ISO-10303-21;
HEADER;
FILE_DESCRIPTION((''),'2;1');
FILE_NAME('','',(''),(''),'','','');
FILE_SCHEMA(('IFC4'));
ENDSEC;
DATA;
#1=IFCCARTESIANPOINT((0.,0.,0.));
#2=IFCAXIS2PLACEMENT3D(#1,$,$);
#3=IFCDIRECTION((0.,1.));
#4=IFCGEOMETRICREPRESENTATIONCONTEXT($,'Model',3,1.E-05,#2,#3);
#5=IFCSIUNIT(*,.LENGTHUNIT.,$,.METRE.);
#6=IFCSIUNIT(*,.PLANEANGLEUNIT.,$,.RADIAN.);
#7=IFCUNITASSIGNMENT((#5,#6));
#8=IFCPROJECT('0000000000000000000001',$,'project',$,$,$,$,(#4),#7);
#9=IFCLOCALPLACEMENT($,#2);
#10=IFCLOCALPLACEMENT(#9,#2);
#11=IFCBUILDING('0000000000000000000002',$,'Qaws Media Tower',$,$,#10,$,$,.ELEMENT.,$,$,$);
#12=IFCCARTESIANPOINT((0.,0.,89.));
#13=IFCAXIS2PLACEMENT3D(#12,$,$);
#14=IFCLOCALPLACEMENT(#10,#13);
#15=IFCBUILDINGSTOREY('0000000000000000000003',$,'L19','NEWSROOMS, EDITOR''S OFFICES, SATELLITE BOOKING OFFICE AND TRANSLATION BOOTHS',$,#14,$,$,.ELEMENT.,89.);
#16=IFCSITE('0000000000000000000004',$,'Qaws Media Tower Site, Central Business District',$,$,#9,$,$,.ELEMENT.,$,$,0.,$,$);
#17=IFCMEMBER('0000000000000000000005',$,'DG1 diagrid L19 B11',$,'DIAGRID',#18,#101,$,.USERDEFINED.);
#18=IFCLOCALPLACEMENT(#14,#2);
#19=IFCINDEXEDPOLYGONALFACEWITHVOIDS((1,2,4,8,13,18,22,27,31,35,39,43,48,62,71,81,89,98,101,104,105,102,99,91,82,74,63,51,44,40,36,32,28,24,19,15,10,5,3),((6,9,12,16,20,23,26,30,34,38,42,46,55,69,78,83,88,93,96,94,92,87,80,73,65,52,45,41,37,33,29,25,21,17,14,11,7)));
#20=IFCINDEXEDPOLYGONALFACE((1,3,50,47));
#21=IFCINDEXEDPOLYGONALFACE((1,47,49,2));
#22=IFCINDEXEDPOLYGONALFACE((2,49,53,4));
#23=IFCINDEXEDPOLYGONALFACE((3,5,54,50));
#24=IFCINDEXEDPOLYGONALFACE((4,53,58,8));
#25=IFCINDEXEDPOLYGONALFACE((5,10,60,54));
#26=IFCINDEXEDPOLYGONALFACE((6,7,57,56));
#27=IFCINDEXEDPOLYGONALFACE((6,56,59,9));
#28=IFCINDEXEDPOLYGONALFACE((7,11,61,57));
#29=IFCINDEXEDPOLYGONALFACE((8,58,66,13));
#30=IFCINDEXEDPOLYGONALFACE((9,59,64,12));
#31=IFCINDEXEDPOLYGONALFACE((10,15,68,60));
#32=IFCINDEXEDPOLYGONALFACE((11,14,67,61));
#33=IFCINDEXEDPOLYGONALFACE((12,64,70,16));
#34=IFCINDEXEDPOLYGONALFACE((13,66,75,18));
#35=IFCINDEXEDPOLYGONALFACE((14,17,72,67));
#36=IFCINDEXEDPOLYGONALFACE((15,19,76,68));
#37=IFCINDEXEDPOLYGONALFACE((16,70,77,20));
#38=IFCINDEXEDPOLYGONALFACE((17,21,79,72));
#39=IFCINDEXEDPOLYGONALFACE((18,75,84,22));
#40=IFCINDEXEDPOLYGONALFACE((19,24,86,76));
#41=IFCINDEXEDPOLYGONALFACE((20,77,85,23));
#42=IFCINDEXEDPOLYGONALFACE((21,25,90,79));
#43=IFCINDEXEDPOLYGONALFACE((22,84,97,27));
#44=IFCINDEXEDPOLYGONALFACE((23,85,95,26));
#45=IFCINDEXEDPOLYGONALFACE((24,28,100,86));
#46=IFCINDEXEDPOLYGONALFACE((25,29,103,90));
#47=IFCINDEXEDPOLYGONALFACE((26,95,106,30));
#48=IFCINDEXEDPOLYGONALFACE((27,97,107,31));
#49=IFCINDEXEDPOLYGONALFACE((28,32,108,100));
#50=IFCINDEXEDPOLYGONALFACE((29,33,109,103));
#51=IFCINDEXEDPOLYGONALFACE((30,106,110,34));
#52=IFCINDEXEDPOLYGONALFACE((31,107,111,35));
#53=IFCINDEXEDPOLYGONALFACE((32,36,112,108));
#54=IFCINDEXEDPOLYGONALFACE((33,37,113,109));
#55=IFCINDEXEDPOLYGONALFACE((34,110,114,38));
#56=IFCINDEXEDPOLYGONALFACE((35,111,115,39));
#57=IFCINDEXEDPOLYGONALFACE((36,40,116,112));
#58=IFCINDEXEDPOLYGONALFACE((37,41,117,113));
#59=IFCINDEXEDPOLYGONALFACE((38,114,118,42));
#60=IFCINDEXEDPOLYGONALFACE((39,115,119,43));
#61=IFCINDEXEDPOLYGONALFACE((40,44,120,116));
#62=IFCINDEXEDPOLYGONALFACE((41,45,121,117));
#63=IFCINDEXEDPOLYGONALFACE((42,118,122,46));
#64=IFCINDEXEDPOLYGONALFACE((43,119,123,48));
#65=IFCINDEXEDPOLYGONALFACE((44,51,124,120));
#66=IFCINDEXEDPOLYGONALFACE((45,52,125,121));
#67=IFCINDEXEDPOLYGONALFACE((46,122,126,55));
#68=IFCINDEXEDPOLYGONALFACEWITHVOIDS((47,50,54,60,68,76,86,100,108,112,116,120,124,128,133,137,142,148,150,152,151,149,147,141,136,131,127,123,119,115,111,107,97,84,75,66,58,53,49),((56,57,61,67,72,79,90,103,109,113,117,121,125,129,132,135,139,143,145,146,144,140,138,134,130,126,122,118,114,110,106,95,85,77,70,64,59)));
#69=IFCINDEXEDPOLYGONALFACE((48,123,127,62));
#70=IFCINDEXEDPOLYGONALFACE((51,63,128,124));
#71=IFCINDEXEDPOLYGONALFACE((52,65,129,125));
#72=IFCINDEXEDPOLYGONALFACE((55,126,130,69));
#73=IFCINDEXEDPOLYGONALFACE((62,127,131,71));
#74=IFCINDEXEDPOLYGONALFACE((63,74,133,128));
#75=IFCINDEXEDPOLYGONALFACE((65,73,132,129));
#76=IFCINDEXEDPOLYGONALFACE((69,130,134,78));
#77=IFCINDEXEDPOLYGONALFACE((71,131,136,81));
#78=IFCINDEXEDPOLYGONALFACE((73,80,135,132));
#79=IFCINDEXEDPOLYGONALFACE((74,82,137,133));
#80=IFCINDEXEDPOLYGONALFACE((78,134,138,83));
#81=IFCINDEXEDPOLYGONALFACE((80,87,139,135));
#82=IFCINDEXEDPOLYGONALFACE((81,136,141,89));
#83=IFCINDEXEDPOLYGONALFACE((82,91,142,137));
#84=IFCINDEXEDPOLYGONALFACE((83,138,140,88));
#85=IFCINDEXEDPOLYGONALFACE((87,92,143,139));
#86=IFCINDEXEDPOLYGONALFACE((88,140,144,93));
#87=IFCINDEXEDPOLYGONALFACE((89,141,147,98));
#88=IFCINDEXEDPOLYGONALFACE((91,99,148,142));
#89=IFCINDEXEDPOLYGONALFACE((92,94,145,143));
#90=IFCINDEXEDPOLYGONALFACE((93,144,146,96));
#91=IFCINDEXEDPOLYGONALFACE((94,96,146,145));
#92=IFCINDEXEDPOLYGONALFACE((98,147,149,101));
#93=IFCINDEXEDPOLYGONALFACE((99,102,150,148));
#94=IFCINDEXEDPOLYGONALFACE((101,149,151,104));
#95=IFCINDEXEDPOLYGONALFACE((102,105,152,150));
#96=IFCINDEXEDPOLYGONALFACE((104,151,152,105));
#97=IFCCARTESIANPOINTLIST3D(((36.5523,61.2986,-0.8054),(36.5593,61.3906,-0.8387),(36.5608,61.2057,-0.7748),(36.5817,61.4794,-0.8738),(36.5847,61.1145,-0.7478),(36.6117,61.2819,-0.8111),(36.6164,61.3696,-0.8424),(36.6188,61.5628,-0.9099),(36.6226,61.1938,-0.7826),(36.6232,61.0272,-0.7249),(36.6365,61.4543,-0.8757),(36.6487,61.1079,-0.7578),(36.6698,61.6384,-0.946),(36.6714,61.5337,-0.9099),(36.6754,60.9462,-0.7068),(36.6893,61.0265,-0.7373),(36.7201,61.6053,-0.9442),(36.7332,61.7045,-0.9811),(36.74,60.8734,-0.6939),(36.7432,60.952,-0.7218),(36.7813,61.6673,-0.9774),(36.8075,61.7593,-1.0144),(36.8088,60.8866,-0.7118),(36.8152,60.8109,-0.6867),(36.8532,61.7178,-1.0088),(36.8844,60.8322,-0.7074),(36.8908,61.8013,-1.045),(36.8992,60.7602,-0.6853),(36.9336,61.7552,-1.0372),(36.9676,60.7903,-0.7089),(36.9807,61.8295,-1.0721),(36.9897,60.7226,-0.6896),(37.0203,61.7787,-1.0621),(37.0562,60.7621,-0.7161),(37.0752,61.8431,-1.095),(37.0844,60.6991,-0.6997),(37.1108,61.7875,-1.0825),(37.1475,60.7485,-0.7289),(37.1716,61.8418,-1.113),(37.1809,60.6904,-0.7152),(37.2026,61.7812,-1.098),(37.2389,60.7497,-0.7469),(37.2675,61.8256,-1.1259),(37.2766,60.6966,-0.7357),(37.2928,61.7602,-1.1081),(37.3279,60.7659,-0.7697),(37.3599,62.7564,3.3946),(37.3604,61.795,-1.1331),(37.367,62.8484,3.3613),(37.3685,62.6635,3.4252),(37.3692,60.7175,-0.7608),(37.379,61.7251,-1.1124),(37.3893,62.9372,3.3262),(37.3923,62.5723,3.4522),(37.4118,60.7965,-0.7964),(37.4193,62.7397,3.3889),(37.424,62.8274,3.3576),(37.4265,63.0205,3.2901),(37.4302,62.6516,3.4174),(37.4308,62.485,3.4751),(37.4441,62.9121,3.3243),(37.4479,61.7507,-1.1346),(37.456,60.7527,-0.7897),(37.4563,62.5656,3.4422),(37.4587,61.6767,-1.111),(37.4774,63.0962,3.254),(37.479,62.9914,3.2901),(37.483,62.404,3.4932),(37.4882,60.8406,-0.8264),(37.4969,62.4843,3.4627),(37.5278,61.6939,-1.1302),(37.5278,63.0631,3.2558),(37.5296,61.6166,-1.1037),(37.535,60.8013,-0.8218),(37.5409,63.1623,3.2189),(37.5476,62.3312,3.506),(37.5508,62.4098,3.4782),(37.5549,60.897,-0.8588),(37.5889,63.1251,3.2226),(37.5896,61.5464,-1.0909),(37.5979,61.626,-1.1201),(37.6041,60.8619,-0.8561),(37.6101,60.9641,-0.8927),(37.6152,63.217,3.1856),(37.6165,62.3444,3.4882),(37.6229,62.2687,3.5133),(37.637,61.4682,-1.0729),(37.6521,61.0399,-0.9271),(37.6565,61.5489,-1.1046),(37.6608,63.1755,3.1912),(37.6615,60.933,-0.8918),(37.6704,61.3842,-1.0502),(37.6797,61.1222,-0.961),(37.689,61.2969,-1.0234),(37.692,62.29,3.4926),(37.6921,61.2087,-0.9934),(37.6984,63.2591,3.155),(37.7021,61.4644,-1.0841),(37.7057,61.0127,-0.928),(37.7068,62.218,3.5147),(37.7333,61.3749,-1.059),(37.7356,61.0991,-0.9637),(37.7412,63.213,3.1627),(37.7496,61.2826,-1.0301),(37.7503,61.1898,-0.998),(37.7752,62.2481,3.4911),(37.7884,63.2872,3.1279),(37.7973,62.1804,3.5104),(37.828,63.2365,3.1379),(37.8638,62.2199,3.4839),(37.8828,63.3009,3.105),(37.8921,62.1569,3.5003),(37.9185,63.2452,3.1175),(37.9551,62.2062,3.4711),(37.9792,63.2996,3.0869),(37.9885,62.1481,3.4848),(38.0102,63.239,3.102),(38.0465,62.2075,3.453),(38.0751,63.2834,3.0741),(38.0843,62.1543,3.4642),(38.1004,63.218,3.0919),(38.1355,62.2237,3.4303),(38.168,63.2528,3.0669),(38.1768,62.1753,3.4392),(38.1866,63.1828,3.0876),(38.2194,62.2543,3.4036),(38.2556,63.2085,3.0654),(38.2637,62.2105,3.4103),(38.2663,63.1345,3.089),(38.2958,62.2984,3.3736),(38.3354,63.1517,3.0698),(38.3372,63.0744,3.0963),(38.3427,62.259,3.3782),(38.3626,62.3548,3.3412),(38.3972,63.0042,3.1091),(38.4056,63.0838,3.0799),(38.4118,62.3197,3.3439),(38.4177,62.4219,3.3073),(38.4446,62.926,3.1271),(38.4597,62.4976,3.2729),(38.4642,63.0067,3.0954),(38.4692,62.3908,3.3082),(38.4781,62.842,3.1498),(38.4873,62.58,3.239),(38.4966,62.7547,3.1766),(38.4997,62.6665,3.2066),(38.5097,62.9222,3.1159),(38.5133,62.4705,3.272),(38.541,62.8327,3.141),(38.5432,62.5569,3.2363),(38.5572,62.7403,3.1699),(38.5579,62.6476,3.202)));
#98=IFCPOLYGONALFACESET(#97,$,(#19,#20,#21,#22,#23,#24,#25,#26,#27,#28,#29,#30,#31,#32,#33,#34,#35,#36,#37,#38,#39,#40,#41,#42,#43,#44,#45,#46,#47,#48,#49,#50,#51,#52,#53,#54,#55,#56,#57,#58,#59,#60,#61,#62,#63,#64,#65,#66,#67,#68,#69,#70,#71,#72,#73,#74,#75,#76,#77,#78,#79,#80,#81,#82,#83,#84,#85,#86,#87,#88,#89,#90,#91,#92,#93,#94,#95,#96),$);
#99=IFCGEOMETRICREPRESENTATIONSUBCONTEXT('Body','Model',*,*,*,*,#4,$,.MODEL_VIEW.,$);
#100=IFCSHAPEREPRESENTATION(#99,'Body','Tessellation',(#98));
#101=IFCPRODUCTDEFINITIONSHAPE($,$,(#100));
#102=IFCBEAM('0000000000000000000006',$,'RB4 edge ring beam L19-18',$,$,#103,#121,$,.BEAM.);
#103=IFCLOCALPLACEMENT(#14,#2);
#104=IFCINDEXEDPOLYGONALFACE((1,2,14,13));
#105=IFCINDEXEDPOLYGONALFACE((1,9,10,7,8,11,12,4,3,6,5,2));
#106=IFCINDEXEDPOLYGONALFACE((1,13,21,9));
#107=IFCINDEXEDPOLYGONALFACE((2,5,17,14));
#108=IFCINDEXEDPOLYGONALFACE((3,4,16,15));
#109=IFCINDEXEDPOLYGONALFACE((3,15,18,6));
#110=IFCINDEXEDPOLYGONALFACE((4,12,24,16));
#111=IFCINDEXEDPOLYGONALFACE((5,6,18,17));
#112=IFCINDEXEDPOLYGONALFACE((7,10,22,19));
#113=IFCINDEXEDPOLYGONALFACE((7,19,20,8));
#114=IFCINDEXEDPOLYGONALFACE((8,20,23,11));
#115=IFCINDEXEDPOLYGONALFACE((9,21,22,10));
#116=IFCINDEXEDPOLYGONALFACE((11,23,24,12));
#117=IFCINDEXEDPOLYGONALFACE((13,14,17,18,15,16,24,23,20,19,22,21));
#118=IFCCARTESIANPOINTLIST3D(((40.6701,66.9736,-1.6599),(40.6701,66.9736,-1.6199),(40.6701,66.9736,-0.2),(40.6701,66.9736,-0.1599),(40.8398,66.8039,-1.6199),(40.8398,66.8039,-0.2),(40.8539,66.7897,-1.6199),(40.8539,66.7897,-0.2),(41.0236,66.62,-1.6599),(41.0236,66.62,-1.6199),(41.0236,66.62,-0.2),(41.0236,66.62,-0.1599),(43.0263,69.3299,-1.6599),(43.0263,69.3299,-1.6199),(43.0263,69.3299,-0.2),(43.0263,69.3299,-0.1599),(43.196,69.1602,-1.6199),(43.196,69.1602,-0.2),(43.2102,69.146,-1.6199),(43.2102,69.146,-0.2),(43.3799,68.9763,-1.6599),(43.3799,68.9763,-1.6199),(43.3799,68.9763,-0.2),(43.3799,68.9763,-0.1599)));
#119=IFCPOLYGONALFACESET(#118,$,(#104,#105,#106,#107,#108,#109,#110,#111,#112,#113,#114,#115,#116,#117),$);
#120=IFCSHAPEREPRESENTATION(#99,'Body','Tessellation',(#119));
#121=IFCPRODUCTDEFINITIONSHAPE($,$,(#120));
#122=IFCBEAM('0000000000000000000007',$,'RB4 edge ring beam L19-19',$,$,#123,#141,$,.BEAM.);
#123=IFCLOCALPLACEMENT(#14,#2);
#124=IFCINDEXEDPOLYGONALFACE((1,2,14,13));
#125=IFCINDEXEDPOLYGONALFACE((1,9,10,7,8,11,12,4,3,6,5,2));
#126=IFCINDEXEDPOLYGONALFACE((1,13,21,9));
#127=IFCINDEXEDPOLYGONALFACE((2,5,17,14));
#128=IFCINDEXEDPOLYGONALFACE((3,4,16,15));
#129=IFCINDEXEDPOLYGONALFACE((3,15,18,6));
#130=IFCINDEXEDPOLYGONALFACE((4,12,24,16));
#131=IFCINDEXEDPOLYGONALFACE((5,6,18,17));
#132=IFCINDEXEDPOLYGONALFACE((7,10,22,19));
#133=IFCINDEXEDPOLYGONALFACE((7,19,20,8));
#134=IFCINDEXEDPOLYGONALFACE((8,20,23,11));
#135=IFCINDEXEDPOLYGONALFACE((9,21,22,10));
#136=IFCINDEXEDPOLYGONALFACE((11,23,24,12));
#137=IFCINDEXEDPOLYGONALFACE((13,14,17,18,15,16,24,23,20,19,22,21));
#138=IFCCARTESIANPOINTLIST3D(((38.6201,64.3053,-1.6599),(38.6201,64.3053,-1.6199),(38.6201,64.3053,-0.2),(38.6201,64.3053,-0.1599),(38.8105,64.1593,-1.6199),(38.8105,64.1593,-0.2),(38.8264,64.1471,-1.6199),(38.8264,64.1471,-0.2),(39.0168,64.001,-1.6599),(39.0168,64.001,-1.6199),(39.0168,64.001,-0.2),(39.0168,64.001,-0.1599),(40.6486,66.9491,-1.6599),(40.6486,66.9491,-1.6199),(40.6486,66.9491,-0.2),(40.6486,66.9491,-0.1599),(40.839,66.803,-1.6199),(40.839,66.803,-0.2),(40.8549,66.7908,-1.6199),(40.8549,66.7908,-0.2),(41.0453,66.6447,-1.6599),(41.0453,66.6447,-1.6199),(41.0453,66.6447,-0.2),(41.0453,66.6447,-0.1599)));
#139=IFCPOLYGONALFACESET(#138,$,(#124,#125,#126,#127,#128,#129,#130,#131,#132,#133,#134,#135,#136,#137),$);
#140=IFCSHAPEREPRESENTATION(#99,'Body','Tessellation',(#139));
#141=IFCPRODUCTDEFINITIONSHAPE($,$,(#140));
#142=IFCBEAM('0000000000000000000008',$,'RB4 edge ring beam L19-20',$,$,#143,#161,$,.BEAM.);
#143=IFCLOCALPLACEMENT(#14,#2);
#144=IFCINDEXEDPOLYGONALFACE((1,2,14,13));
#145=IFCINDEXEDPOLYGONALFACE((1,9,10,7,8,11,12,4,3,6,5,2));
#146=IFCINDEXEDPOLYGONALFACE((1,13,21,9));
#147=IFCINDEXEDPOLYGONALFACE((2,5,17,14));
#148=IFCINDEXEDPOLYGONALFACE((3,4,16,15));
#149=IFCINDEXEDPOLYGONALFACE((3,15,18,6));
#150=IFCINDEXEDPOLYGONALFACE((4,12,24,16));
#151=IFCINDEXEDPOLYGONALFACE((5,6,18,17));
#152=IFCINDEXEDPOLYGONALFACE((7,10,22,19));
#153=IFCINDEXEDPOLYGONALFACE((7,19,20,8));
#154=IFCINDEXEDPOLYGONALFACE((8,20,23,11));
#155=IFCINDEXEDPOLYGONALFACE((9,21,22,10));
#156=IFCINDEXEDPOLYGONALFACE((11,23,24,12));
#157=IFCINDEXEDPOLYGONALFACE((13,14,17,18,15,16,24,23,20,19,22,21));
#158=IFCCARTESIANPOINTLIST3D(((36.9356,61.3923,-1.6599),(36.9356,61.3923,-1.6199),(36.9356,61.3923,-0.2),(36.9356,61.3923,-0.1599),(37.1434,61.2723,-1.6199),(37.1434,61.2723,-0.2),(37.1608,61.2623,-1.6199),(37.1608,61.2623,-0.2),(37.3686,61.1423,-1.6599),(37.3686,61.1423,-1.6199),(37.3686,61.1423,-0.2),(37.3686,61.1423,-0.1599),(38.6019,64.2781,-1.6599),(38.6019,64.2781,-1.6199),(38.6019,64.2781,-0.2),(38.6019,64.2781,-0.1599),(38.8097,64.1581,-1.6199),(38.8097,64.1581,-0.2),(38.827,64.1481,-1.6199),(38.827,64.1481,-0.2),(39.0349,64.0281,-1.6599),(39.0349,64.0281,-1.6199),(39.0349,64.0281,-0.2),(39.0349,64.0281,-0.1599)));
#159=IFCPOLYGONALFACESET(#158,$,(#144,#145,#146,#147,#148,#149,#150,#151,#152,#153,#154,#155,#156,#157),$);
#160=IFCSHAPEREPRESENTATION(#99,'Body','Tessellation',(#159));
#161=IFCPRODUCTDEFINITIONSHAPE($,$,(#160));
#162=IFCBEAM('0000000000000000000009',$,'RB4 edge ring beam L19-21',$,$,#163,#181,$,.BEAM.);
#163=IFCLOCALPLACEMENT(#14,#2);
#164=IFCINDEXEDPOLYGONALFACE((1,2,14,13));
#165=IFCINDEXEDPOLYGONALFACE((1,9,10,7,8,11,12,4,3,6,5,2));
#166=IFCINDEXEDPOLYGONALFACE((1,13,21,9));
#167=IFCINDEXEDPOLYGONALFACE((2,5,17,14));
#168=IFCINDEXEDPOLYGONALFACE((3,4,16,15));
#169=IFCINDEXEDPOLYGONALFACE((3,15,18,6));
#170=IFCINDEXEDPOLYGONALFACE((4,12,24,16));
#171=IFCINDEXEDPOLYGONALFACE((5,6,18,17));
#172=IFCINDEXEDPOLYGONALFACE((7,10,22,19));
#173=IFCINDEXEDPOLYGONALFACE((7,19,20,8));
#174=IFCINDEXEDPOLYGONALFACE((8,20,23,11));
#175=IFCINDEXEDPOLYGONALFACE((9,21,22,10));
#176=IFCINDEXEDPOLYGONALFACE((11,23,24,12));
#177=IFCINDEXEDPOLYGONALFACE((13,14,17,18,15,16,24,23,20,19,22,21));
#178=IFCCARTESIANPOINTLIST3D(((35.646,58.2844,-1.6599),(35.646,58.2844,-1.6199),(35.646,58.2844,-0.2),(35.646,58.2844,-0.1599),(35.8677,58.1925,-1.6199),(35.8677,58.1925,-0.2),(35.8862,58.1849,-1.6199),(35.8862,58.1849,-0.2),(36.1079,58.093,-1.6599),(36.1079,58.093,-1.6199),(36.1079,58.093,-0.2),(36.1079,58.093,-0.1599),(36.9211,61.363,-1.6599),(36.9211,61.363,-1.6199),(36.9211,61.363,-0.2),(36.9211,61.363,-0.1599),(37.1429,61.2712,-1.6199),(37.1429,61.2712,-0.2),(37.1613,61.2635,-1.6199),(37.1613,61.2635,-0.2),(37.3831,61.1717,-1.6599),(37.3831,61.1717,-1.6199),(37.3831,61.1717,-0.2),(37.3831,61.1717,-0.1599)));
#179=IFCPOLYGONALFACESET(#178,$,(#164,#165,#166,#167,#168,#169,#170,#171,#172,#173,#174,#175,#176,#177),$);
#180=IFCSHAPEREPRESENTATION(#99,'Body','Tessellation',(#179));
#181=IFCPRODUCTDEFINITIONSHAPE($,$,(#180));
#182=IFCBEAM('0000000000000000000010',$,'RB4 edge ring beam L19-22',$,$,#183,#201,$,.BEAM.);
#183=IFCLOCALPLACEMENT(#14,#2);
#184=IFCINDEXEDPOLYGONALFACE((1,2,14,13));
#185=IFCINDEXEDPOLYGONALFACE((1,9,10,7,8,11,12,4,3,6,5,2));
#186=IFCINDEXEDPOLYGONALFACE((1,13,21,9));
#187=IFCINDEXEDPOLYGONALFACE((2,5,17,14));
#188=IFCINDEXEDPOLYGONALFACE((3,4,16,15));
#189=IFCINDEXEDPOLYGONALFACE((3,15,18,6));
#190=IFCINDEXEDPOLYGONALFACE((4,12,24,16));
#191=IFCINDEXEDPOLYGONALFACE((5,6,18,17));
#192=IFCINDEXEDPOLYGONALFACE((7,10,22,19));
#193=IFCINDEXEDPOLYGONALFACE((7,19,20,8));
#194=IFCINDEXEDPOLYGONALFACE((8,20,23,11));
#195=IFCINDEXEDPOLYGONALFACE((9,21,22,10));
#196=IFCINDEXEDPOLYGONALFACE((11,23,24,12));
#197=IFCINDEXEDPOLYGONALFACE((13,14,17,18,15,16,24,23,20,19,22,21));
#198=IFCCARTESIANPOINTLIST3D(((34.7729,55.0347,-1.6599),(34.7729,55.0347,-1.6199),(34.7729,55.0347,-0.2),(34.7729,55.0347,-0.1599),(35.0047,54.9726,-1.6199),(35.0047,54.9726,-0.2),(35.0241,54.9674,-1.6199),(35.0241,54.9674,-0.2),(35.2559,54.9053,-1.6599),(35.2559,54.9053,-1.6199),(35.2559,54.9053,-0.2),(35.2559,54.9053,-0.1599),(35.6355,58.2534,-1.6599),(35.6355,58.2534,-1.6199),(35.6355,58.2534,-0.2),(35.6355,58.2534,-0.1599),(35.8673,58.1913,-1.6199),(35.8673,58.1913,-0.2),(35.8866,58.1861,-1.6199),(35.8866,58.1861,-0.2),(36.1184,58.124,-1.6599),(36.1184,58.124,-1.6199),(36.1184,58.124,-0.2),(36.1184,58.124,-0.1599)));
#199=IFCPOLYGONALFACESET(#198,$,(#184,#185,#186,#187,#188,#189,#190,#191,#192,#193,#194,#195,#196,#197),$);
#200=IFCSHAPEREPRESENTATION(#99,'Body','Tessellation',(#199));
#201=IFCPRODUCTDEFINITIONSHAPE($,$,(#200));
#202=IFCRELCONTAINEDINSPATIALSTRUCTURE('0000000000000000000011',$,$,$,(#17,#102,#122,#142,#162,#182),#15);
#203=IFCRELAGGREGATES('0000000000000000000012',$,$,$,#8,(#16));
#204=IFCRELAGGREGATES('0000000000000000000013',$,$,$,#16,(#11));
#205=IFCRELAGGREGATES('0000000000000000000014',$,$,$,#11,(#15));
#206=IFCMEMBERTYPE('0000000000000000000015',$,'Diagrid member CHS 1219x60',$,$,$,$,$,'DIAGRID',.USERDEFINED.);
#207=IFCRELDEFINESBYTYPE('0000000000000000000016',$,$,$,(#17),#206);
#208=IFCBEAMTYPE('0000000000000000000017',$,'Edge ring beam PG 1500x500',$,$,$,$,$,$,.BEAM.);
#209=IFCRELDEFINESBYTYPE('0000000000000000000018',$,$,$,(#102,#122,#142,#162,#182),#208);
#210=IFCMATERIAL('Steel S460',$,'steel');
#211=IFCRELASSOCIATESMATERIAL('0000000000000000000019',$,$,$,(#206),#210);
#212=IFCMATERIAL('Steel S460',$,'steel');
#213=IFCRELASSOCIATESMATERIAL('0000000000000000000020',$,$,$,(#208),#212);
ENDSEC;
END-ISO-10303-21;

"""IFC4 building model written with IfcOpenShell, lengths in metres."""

from ifc_helpers import new_model, si_unit, direction, frame, origin, origin_2d, place, context, subcontext, project, spatial, hollow_circle, i_section, extrude, material, material_profile, profile_set, type_object, element, save


model = new_model("IFC4")

# Units and contexts
model_context = context("Model", 3, precision=1e-05, world=origin(), true_north=direction((0.0, 1.0)))
body_context = subcontext(model_context, "Body", "Model", "MODEL_VIEW")
ifc_project = project(units=[si_unit("LENGTHUNIT", "METRE"), si_unit("PLANEANGLEUNIT", "RADIAN")], contexts=[model_context])

# Site, building, storey
site_placement = place(None, origin())
site = spatial("IfcSite", under=ifc_project, at=site_placement, Name="Qaws Media Tower Site, Central Business District", CompositionType="ELEMENT", RefElevation=0.0)
building_placement = place(site_placement, origin())
building = spatial("IfcBuilding", under=site, at=building_placement, Name="Qaws Media Tower", CompositionType="ELEMENT")
storey_placement = place(building_placement, frame((0.0, 0.0, 89.0)))
storey = spatial("IfcBuildingStorey", under=building, at=storey_placement, Name="L19", Description="NEWSROOMS, EDITOR'S OFFICES, SATELLITE BOOKING OFFICE AND TRANSLATION BOOTHS", CompositionType="ELEMENT", Elevation=89.0)

# Member
ifc_material_1 = material(Name="Steel S460", Category="steel")
ifc_material_profile_1 = material_profile(ifc_material_1, hollow_circle(Radius=0.6096, WallThickness=0.0601, at=origin_2d()), Name="CHS 1219x60")
ifc_profile_set_1 = profile_set([ifc_material_profile_1], Name="Steel S460")
member_type_1 = type_object("IfcMemberType", Name="Diagrid member CHS 1219x60", ElementType="DIAGRID", PredefinedType="USERDEFINED", material=ifc_profile_set_1)
for number, where, z_axis, x_axis, name in (
    (1, (37.1521, 61.2673, -0.9099), (0.178735, 0.322621, 0.9295), (-0.87473, 0.48461, 0.0), "DG1 diagrid L19 B11"),
):
    element("IfcMember", number, at=place(storey_placement, frame(where, z_axis=z_axis, x_axis=x_axis)), inside=storey, type_object=member_type_1, Name=name, ObjectType="DIAGRID", PredefinedType="USERDEFINED", context=body_context, shape_type="SweptSolid", body=[
        extrude(hollow_circle(Radius=0.6096, WallThickness=0.0601, at=origin_2d()), origin(), (0.0, 0.0, 1.0), 4.5186),
    ])

# Beams
ifc_material_2 = material(Name="Steel S460", Category="steel")
ifc_material_profile_2 = material_profile(ifc_material_2, i_section(OverallWidth=0.5, OverallDepth=1.5, WebThickness=0.02, FlangeThickness=0.04, at=origin_2d()), Name="PG 1500x500")
ifc_profile_set_2 = profile_set([ifc_material_profile_2], Name="Steel S460")
beam_type = type_object("IfcBeamType", Name="Edge ring beam PG 1500x500", PredefinedType="BEAM", material=ifc_profile_set_2)
for number, where, z_axis, x_axis, name in (
    (2, (43.2031, 69.1531, -0.9099), (-0.707107, -0.707107, 0.0), (0.707107, -0.707107, 0.0), "RB4 edge ring beam L19-18"),
    (3, (40.8469, 66.7969, -0.9099), (-0.608744, -0.793367, 0.0), (0.793367, -0.608744, 0.0), "RB4 edge ring beam L19-19"),
    (4, (38.8184, 64.1531, -0.9099), (-0.50004, -0.866003, 0.0), (0.866003, -0.50004, 0.0), "RB4 edge ring beam L19-20"),
    (5, (37.1521, 61.2673, -0.9099), (-0.382669, -0.923886, 0.0), (0.923886, -0.382669, 0.0), "RB4 edge ring beam L19-21"),
    (6, (35.877, 58.1887, -0.9099), (-0.258844, -0.965919, 0.0), (0.965919, -0.258844, 0.0), "RB4 edge ring beam L19-22"),
):
    element("IfcBeam", number, at=place(storey_placement, frame(where, z_axis=z_axis, x_axis=x_axis)), inside=storey, type_object=beam_type, Name=name, PredefinedType="BEAM", context=body_context, shape_type="SweptSolid", body=[
        extrude(i_section(OverallWidth=0.5, OverallDepth=1.5, WebThickness=0.02, FlangeThickness=0.04, at=origin_2d()), origin(), (0.0, 0.0, 1.0), 3.3323),
    ])

save(model, "model.ifc")
